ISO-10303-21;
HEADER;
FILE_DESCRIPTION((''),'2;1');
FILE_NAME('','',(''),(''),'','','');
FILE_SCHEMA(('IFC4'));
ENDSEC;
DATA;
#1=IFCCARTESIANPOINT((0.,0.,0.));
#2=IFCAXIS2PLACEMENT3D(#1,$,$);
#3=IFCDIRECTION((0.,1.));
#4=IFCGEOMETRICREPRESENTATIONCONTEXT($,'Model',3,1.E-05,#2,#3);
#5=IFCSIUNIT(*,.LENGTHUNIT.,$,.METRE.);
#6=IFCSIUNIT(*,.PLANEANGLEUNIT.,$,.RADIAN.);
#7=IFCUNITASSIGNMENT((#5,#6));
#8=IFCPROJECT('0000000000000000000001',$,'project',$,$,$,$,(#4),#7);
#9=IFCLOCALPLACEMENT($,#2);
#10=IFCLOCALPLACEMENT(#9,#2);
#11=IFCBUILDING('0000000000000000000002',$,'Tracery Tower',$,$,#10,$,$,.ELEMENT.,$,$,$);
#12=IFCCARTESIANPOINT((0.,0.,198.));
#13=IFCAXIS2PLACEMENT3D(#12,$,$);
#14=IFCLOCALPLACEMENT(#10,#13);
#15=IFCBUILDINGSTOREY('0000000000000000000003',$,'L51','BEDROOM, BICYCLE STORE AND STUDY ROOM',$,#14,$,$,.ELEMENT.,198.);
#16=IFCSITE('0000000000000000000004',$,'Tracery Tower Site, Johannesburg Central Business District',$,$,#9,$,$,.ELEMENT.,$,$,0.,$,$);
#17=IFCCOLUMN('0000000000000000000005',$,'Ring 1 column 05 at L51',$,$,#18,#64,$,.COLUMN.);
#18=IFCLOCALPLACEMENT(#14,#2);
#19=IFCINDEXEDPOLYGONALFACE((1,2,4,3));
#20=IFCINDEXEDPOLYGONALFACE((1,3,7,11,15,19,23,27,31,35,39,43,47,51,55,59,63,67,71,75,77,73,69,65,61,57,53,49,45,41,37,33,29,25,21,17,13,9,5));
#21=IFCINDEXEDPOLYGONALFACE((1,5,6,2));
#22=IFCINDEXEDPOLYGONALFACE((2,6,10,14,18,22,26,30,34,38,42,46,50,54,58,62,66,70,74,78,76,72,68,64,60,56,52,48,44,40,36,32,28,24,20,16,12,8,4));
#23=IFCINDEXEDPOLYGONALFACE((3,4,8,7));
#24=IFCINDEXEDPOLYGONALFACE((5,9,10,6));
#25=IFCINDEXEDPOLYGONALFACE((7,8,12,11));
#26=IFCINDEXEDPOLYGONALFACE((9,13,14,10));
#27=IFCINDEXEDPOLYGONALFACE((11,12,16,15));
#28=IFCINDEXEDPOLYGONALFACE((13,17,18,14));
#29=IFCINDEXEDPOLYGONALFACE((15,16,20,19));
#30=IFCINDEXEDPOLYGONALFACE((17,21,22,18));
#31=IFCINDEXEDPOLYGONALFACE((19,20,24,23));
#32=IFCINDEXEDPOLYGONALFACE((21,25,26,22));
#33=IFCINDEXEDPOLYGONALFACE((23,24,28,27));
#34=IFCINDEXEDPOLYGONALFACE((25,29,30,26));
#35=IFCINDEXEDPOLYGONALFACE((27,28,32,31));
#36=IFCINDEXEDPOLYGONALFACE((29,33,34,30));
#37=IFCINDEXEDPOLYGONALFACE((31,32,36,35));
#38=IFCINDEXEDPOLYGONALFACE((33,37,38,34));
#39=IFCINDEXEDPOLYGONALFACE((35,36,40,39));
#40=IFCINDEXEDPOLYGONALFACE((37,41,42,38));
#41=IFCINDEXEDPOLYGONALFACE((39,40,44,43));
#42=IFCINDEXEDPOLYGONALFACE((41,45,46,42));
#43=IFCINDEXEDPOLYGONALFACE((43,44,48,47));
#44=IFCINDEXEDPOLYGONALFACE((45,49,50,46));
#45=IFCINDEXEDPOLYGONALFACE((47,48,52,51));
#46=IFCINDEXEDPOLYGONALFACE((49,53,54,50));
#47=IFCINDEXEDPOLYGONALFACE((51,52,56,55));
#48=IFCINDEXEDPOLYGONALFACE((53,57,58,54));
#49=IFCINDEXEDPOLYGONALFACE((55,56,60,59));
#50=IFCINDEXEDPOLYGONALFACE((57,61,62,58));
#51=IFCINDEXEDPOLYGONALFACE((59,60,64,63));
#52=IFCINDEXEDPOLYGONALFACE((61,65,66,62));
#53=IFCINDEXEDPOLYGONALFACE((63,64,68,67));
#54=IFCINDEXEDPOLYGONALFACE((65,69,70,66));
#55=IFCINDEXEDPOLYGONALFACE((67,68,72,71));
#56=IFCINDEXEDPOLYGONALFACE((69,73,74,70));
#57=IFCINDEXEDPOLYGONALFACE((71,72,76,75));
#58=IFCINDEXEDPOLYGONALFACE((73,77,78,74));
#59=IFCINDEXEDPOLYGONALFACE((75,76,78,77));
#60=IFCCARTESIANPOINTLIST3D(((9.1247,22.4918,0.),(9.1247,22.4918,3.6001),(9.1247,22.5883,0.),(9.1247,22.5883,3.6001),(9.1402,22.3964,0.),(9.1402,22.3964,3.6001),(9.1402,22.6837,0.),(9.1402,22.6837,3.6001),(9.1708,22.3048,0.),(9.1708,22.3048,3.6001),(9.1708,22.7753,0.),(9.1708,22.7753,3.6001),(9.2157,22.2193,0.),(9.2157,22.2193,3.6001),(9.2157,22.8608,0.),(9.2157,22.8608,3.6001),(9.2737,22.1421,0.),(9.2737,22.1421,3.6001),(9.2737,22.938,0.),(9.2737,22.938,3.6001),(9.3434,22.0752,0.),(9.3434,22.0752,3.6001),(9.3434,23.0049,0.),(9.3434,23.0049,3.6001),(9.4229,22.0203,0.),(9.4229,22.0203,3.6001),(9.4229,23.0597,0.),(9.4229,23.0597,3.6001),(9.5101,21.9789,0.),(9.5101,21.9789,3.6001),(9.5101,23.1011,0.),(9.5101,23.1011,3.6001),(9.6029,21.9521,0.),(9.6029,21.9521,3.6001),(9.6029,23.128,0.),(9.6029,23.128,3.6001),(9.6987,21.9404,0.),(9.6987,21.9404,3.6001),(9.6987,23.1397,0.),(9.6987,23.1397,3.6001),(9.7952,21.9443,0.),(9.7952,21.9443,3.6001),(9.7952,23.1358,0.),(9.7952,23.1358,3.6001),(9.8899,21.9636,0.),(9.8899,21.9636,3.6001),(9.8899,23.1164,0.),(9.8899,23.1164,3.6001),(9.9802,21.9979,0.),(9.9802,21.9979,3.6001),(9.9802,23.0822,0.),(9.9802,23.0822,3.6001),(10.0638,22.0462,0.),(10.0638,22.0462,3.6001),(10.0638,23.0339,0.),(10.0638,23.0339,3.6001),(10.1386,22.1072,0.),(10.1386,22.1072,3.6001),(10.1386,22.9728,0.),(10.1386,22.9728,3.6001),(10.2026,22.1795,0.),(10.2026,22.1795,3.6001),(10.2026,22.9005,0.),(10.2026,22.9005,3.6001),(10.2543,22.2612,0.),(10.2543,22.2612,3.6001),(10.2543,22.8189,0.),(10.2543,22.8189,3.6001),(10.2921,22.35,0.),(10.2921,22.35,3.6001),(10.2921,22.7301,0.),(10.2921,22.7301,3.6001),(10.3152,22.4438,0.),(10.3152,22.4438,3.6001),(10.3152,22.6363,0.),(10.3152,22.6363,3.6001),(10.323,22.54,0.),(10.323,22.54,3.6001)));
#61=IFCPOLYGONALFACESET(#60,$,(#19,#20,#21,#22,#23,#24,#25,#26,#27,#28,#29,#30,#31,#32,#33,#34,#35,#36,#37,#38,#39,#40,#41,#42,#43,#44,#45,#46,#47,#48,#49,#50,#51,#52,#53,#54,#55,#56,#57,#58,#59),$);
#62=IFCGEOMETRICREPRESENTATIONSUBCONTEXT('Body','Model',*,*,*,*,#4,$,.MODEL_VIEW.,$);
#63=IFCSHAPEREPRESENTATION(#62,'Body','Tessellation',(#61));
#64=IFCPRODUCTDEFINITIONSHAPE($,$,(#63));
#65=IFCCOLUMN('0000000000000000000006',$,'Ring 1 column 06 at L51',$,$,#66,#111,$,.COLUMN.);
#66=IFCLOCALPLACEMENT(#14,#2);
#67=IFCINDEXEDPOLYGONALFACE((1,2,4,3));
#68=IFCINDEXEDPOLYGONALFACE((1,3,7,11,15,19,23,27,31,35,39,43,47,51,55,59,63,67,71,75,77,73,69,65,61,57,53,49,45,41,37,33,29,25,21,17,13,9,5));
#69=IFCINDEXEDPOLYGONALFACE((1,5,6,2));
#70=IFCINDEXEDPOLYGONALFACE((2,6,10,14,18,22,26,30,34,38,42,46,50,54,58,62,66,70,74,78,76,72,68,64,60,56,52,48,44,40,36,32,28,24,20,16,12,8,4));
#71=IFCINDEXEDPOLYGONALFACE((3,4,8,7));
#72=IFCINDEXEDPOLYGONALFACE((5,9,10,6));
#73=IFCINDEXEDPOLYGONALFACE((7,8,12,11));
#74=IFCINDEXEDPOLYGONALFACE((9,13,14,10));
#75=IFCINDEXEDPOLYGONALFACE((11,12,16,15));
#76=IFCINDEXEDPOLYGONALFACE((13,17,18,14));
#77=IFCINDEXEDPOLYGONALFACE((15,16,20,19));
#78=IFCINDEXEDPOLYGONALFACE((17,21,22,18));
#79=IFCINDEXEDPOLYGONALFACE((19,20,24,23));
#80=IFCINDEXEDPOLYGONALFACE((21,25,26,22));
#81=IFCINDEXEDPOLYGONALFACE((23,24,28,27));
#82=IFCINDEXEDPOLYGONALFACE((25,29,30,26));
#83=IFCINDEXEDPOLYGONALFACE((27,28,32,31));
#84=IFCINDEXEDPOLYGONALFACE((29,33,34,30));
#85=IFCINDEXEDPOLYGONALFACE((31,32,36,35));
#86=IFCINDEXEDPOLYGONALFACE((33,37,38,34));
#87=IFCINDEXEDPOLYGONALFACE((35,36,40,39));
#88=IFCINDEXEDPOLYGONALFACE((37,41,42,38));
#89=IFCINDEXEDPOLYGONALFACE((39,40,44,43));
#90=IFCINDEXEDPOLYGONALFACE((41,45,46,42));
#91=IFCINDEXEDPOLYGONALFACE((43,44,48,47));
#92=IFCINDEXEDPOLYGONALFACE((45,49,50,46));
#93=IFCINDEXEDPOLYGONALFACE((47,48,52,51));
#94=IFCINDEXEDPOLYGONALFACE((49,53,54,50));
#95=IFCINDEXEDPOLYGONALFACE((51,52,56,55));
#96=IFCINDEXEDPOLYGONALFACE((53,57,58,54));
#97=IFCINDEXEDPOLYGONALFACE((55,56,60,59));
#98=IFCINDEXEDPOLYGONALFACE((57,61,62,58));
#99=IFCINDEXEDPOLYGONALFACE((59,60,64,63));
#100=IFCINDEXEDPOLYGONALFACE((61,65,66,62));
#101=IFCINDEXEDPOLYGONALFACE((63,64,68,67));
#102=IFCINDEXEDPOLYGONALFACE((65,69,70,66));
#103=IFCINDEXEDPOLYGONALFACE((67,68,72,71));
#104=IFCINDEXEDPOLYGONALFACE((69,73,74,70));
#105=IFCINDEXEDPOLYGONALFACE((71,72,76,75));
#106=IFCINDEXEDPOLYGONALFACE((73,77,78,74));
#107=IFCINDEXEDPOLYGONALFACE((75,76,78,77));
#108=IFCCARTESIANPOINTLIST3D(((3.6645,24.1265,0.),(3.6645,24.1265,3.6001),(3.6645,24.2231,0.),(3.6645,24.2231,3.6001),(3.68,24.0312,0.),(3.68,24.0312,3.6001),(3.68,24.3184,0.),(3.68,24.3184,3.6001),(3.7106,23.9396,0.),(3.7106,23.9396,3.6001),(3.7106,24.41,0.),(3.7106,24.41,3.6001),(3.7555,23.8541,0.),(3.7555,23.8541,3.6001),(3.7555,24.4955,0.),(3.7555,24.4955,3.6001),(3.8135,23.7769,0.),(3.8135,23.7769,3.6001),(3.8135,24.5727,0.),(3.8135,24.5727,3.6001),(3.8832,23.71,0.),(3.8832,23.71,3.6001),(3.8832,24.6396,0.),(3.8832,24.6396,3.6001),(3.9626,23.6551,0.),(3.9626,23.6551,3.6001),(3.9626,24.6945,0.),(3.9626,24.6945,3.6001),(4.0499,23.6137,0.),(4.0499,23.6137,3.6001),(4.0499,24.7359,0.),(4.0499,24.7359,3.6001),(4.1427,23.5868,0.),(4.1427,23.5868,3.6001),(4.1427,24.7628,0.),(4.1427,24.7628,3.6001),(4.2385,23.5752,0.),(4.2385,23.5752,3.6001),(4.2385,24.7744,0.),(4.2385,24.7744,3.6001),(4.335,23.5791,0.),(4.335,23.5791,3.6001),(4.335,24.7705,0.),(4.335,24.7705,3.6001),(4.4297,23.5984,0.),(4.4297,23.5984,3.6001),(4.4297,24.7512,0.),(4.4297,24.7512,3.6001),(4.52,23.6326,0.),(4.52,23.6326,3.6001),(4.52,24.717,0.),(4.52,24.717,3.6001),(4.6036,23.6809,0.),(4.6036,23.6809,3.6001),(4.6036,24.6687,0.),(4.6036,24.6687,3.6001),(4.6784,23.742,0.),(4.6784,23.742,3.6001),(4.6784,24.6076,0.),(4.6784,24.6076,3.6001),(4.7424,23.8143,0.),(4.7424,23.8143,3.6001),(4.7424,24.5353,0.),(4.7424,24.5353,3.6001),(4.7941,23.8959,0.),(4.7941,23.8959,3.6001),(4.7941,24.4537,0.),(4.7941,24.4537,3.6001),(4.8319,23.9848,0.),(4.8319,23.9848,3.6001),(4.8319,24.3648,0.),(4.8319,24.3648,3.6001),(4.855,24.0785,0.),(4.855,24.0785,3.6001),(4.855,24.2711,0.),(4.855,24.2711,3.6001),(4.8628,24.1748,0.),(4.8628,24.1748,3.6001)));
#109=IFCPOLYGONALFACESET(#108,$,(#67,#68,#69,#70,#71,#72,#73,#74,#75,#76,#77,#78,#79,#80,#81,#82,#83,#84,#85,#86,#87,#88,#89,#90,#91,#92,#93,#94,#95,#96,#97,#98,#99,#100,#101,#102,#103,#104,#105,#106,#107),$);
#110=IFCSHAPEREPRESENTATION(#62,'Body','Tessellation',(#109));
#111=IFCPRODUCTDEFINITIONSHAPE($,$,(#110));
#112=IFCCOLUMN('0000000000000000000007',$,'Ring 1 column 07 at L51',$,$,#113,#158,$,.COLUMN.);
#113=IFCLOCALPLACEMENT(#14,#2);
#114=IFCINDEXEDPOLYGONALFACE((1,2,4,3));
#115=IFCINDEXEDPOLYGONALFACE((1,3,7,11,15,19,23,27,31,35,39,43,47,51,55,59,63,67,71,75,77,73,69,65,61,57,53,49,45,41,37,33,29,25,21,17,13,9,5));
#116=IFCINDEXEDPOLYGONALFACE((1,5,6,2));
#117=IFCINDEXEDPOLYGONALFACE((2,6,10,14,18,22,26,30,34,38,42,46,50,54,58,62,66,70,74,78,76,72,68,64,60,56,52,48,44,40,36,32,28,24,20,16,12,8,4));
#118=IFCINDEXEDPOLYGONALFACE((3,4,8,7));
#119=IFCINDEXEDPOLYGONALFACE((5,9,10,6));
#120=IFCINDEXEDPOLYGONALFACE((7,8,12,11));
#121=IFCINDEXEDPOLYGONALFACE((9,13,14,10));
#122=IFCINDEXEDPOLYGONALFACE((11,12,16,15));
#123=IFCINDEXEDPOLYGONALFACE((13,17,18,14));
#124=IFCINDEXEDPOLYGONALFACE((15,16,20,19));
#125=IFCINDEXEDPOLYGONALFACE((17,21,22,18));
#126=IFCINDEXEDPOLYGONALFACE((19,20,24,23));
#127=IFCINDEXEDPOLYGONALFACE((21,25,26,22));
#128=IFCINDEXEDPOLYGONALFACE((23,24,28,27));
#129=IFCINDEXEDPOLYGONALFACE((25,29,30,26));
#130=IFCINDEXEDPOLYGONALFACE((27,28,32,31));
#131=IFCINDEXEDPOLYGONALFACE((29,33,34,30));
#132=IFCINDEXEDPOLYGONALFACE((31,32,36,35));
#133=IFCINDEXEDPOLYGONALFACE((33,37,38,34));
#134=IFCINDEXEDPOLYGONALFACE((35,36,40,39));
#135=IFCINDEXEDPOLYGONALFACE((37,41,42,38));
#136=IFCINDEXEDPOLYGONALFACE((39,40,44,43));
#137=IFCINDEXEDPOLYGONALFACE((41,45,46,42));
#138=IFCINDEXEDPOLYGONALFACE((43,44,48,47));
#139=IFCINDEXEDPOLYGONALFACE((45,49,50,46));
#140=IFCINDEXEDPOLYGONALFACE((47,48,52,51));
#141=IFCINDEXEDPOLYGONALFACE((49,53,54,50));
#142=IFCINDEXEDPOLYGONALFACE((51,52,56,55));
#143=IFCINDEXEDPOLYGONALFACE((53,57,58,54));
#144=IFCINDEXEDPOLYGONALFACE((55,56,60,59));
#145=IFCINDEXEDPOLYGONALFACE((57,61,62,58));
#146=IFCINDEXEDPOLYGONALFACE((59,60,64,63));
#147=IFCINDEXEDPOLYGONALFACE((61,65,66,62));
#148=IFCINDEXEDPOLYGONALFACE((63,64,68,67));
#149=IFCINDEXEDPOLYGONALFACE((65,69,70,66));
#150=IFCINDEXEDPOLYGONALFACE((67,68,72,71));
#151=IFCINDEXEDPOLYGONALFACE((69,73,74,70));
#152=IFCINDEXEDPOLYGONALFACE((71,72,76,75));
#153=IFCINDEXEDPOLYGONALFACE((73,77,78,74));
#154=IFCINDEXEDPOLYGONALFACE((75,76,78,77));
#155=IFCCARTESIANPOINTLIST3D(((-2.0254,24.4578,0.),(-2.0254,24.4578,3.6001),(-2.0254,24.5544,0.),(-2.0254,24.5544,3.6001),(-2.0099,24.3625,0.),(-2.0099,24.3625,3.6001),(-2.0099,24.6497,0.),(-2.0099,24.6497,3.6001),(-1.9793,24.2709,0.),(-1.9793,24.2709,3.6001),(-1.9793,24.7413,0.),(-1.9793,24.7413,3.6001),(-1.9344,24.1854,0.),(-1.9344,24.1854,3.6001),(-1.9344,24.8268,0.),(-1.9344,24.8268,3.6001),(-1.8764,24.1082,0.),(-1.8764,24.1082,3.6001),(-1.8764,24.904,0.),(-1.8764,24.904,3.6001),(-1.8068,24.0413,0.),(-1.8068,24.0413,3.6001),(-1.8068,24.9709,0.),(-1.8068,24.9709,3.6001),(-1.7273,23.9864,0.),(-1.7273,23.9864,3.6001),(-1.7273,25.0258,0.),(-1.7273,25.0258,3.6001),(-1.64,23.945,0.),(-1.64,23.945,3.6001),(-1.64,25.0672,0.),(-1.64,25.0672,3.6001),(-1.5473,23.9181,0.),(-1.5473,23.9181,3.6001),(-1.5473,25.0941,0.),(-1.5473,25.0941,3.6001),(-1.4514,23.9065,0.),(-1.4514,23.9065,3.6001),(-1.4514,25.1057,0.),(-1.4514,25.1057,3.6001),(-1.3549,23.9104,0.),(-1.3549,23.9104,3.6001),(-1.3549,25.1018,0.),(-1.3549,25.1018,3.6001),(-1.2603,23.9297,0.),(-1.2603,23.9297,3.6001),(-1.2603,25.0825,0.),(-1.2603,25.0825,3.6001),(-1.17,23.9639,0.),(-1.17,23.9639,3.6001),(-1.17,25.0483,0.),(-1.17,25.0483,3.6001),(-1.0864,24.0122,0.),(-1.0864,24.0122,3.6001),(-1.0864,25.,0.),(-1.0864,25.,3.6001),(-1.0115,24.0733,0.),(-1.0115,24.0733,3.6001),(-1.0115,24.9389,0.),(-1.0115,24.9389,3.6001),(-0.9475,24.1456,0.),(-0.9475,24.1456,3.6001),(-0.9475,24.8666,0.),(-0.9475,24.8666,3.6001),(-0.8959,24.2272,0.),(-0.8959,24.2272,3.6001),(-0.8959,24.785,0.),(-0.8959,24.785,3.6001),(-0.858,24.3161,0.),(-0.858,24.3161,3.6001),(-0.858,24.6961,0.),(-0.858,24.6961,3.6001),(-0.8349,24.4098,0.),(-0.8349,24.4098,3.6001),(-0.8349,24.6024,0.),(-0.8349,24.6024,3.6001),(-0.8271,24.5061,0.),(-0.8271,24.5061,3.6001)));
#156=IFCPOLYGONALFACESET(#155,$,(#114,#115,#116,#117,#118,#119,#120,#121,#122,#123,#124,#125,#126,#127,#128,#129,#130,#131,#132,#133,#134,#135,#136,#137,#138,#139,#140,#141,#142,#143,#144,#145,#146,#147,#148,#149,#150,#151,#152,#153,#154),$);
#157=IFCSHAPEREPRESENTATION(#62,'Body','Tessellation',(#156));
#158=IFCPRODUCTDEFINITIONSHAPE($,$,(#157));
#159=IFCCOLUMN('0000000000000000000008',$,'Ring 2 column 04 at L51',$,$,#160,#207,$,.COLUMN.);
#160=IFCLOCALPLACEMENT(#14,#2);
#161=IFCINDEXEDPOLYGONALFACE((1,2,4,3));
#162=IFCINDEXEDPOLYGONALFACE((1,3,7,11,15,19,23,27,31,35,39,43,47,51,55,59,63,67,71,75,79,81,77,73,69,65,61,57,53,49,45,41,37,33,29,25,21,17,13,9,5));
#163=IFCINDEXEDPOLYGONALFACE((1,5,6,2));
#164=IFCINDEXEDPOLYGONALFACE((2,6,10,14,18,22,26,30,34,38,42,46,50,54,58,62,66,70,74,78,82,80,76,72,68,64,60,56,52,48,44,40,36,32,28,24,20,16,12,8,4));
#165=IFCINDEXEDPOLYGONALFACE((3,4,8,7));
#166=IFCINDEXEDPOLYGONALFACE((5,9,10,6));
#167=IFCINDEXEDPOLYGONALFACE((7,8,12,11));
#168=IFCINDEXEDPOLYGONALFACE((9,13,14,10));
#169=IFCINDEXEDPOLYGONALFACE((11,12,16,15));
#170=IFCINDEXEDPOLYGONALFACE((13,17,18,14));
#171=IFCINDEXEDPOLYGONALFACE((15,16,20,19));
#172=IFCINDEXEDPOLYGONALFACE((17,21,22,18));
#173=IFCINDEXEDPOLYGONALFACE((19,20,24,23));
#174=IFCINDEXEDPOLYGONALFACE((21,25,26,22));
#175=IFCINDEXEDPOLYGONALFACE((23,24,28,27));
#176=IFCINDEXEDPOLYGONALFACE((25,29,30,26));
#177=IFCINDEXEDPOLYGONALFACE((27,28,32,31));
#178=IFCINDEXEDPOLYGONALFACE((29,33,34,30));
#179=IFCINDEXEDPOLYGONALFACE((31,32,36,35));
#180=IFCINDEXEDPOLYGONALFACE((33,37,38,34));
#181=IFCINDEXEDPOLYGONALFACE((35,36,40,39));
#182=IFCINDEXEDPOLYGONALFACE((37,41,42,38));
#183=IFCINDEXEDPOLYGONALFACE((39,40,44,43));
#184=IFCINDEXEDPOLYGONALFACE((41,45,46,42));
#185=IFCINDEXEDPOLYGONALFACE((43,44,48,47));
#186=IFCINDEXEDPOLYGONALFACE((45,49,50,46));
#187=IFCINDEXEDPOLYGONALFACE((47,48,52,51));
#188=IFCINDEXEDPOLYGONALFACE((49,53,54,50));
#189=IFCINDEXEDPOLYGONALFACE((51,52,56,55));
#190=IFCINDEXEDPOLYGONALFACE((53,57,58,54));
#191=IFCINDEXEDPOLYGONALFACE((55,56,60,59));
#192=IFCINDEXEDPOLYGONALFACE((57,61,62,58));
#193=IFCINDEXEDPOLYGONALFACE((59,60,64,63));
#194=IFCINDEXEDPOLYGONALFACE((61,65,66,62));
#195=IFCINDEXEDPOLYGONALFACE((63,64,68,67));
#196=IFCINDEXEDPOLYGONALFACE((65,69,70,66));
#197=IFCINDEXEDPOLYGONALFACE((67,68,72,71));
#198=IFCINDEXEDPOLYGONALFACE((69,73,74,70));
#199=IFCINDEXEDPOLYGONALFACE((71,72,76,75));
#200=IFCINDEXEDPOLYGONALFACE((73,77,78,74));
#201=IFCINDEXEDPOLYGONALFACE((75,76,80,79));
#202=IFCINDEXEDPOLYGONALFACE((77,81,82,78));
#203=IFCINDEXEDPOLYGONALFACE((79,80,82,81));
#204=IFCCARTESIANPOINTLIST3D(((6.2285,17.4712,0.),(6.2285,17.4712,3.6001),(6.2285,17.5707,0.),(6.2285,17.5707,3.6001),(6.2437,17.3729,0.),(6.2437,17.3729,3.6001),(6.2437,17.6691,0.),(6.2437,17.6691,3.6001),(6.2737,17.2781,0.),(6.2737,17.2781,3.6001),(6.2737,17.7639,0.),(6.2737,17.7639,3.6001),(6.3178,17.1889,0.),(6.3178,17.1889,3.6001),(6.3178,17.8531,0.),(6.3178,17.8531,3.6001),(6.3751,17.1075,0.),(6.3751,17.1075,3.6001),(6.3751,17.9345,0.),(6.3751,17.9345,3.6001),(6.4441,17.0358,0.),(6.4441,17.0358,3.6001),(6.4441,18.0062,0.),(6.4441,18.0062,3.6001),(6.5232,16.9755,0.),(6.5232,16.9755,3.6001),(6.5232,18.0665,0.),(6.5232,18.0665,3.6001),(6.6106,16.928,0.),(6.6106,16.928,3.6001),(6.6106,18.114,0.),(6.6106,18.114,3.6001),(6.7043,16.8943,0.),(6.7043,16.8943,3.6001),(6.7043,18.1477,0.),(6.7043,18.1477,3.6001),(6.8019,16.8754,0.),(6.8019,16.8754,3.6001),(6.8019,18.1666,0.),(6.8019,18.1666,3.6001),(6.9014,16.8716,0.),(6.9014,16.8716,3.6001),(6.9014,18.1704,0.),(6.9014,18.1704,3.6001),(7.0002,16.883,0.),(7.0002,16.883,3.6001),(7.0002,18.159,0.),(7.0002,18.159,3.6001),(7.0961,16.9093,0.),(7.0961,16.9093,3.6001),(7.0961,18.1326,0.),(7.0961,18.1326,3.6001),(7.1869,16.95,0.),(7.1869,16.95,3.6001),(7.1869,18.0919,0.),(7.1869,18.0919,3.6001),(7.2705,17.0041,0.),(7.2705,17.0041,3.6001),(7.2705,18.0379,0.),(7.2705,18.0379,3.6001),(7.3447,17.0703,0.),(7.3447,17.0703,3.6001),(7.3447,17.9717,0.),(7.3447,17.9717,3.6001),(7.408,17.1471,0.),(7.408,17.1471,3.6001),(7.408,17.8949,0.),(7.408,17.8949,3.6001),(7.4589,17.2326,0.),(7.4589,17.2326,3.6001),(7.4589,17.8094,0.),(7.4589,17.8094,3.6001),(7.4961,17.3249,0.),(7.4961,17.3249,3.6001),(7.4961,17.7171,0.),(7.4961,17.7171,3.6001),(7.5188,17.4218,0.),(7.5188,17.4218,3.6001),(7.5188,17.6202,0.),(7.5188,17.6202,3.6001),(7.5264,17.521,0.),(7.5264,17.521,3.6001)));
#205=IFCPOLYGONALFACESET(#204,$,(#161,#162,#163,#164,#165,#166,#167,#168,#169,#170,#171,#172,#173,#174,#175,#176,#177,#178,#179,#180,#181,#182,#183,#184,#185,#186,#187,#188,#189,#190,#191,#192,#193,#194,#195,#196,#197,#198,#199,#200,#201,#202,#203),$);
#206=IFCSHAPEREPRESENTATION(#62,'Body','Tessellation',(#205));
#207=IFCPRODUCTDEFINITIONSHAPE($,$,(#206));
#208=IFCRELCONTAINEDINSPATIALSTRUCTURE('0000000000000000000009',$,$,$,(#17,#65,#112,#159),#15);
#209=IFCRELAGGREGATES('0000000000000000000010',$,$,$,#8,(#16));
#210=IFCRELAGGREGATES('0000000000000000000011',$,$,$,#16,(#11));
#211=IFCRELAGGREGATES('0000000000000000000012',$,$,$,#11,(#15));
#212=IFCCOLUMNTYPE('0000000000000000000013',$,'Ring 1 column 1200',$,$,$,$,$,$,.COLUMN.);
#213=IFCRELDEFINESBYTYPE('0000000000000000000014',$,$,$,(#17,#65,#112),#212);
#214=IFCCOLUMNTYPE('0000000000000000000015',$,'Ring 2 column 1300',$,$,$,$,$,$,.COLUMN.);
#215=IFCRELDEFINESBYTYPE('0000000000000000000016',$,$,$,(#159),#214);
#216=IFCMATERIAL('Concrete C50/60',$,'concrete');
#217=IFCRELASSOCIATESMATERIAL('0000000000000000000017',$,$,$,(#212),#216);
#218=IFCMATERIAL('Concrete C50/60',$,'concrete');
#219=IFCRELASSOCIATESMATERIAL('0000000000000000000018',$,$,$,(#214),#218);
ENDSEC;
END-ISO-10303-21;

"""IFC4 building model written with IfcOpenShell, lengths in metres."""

from ifc_helpers import new_model, si_unit, direction, frame, origin, origin_2d, place, context, subcontext, project, spatial, circle, extrude, material, material_profile, profile_set, type_object, element, save


model = new_model("IFC4")

# Units and contexts
model_context = context("Model", 3, precision=1e-05, world=origin(), true_north=direction((0.0, 1.0)))
body_context = subcontext(model_context, "Body", "Model", "MODEL_VIEW")
ifc_project = project(units=[si_unit("LENGTHUNIT", "METRE"), si_unit("PLANEANGLEUNIT", "RADIAN")], contexts=[model_context])

# Site, building, storey
site_placement = place(None, origin())
site = spatial("IfcSite", under=ifc_project, at=site_placement, Name="Tracery Tower Site, Johannesburg Central Business District", CompositionType="ELEMENT", RefElevation=0.0)
building_placement = place(site_placement, origin())
building = spatial("IfcBuilding", under=site, at=building_placement, Name="Tracery Tower", CompositionType="ELEMENT")
storey_placement = place(building_placement, frame((0.0, 0.0, 198.0)))
storey = spatial("IfcBuildingStorey", under=building, at=storey_placement, Name="L51", Description="BEDROOM, BICYCLE STORE AND STUDY ROOM", CompositionType="ELEMENT", Elevation=198.0)

# Columns
ifc_material_1 = material(Name="Concrete C50/60", Category="concrete")
ifc_material_profile_1 = material_profile(ifc_material_1, circle(Radius=0.6001, at=origin_2d()), Name="RC D1200")
ifc_profile_set_1 = profile_set([ifc_material_profile_1], Name="Concrete C50/60")
column_type_1 = type_object("IfcColumnType", Name="Ring 1 column 1200", PredefinedType="COLUMN", material=ifc_profile_set_1)
for number, where, z_axis, x_axis, name in (
    (1, (9.7229, 22.54, 0.0), (0.0, 0.0, 1.0), (1.0, 0.0, 0.0), "Ring 1 column 05 at L51"),
    (2, (4.2627, 24.1748, 0.0), (0.0, 0.0, 1.0), (1.0, 0.0, 0.0), "Ring 1 column 06 at L51"),
    (3, (-1.4272, 24.5061, 0.0), (0.0, 0.0, 1.0), (1.0, 0.0, 0.0), "Ring 1 column 07 at L51"),
):
    element("IfcColumn", number, at=place(storey_placement, frame(where, z_axis=z_axis, x_axis=x_axis)), inside=storey, type_object=column_type_1, Name=name, PredefinedType="COLUMN", context=body_context, shape_type="SweptSolid", body=[
        extrude(circle(Radius=0.6001, at=origin_2d()), origin(), (0.0, 0.0, 1.0), 3.6001),
    ])
ifc_material_2 = material(Name="Concrete C50/60", Category="concrete")
ifc_material_profile_2 = material_profile(ifc_material_2, circle(Radius=0.6499, at=origin_2d()), Name="RC D1300")
ifc_profile_set_2 = profile_set([ifc_material_profile_2], Name="Concrete C50/60")
column_type_2 = type_object("IfcColumnType", Name="Ring 2 column 1300", PredefinedType="COLUMN", material=ifc_profile_set_2)
for number, where, z_axis, x_axis, name in (
    (4, (6.8765, 17.521, 0.0), (0.0, 0.0, 1.0), (1.0, 0.0, 0.0), "Ring 2 column 04 at L51"),
):
    element("IfcColumn", number, at=place(storey_placement, frame(where, z_axis=z_axis, x_axis=x_axis)), inside=storey, type_object=column_type_2, Name=name, PredefinedType="COLUMN", context=body_context, shape_type="SweptSolid", body=[
        extrude(circle(Radius=0.6499, at=origin_2d()), origin(), (0.0, 0.0, 1.0), 3.6001),
    ])

save(model, "model.ifc")
